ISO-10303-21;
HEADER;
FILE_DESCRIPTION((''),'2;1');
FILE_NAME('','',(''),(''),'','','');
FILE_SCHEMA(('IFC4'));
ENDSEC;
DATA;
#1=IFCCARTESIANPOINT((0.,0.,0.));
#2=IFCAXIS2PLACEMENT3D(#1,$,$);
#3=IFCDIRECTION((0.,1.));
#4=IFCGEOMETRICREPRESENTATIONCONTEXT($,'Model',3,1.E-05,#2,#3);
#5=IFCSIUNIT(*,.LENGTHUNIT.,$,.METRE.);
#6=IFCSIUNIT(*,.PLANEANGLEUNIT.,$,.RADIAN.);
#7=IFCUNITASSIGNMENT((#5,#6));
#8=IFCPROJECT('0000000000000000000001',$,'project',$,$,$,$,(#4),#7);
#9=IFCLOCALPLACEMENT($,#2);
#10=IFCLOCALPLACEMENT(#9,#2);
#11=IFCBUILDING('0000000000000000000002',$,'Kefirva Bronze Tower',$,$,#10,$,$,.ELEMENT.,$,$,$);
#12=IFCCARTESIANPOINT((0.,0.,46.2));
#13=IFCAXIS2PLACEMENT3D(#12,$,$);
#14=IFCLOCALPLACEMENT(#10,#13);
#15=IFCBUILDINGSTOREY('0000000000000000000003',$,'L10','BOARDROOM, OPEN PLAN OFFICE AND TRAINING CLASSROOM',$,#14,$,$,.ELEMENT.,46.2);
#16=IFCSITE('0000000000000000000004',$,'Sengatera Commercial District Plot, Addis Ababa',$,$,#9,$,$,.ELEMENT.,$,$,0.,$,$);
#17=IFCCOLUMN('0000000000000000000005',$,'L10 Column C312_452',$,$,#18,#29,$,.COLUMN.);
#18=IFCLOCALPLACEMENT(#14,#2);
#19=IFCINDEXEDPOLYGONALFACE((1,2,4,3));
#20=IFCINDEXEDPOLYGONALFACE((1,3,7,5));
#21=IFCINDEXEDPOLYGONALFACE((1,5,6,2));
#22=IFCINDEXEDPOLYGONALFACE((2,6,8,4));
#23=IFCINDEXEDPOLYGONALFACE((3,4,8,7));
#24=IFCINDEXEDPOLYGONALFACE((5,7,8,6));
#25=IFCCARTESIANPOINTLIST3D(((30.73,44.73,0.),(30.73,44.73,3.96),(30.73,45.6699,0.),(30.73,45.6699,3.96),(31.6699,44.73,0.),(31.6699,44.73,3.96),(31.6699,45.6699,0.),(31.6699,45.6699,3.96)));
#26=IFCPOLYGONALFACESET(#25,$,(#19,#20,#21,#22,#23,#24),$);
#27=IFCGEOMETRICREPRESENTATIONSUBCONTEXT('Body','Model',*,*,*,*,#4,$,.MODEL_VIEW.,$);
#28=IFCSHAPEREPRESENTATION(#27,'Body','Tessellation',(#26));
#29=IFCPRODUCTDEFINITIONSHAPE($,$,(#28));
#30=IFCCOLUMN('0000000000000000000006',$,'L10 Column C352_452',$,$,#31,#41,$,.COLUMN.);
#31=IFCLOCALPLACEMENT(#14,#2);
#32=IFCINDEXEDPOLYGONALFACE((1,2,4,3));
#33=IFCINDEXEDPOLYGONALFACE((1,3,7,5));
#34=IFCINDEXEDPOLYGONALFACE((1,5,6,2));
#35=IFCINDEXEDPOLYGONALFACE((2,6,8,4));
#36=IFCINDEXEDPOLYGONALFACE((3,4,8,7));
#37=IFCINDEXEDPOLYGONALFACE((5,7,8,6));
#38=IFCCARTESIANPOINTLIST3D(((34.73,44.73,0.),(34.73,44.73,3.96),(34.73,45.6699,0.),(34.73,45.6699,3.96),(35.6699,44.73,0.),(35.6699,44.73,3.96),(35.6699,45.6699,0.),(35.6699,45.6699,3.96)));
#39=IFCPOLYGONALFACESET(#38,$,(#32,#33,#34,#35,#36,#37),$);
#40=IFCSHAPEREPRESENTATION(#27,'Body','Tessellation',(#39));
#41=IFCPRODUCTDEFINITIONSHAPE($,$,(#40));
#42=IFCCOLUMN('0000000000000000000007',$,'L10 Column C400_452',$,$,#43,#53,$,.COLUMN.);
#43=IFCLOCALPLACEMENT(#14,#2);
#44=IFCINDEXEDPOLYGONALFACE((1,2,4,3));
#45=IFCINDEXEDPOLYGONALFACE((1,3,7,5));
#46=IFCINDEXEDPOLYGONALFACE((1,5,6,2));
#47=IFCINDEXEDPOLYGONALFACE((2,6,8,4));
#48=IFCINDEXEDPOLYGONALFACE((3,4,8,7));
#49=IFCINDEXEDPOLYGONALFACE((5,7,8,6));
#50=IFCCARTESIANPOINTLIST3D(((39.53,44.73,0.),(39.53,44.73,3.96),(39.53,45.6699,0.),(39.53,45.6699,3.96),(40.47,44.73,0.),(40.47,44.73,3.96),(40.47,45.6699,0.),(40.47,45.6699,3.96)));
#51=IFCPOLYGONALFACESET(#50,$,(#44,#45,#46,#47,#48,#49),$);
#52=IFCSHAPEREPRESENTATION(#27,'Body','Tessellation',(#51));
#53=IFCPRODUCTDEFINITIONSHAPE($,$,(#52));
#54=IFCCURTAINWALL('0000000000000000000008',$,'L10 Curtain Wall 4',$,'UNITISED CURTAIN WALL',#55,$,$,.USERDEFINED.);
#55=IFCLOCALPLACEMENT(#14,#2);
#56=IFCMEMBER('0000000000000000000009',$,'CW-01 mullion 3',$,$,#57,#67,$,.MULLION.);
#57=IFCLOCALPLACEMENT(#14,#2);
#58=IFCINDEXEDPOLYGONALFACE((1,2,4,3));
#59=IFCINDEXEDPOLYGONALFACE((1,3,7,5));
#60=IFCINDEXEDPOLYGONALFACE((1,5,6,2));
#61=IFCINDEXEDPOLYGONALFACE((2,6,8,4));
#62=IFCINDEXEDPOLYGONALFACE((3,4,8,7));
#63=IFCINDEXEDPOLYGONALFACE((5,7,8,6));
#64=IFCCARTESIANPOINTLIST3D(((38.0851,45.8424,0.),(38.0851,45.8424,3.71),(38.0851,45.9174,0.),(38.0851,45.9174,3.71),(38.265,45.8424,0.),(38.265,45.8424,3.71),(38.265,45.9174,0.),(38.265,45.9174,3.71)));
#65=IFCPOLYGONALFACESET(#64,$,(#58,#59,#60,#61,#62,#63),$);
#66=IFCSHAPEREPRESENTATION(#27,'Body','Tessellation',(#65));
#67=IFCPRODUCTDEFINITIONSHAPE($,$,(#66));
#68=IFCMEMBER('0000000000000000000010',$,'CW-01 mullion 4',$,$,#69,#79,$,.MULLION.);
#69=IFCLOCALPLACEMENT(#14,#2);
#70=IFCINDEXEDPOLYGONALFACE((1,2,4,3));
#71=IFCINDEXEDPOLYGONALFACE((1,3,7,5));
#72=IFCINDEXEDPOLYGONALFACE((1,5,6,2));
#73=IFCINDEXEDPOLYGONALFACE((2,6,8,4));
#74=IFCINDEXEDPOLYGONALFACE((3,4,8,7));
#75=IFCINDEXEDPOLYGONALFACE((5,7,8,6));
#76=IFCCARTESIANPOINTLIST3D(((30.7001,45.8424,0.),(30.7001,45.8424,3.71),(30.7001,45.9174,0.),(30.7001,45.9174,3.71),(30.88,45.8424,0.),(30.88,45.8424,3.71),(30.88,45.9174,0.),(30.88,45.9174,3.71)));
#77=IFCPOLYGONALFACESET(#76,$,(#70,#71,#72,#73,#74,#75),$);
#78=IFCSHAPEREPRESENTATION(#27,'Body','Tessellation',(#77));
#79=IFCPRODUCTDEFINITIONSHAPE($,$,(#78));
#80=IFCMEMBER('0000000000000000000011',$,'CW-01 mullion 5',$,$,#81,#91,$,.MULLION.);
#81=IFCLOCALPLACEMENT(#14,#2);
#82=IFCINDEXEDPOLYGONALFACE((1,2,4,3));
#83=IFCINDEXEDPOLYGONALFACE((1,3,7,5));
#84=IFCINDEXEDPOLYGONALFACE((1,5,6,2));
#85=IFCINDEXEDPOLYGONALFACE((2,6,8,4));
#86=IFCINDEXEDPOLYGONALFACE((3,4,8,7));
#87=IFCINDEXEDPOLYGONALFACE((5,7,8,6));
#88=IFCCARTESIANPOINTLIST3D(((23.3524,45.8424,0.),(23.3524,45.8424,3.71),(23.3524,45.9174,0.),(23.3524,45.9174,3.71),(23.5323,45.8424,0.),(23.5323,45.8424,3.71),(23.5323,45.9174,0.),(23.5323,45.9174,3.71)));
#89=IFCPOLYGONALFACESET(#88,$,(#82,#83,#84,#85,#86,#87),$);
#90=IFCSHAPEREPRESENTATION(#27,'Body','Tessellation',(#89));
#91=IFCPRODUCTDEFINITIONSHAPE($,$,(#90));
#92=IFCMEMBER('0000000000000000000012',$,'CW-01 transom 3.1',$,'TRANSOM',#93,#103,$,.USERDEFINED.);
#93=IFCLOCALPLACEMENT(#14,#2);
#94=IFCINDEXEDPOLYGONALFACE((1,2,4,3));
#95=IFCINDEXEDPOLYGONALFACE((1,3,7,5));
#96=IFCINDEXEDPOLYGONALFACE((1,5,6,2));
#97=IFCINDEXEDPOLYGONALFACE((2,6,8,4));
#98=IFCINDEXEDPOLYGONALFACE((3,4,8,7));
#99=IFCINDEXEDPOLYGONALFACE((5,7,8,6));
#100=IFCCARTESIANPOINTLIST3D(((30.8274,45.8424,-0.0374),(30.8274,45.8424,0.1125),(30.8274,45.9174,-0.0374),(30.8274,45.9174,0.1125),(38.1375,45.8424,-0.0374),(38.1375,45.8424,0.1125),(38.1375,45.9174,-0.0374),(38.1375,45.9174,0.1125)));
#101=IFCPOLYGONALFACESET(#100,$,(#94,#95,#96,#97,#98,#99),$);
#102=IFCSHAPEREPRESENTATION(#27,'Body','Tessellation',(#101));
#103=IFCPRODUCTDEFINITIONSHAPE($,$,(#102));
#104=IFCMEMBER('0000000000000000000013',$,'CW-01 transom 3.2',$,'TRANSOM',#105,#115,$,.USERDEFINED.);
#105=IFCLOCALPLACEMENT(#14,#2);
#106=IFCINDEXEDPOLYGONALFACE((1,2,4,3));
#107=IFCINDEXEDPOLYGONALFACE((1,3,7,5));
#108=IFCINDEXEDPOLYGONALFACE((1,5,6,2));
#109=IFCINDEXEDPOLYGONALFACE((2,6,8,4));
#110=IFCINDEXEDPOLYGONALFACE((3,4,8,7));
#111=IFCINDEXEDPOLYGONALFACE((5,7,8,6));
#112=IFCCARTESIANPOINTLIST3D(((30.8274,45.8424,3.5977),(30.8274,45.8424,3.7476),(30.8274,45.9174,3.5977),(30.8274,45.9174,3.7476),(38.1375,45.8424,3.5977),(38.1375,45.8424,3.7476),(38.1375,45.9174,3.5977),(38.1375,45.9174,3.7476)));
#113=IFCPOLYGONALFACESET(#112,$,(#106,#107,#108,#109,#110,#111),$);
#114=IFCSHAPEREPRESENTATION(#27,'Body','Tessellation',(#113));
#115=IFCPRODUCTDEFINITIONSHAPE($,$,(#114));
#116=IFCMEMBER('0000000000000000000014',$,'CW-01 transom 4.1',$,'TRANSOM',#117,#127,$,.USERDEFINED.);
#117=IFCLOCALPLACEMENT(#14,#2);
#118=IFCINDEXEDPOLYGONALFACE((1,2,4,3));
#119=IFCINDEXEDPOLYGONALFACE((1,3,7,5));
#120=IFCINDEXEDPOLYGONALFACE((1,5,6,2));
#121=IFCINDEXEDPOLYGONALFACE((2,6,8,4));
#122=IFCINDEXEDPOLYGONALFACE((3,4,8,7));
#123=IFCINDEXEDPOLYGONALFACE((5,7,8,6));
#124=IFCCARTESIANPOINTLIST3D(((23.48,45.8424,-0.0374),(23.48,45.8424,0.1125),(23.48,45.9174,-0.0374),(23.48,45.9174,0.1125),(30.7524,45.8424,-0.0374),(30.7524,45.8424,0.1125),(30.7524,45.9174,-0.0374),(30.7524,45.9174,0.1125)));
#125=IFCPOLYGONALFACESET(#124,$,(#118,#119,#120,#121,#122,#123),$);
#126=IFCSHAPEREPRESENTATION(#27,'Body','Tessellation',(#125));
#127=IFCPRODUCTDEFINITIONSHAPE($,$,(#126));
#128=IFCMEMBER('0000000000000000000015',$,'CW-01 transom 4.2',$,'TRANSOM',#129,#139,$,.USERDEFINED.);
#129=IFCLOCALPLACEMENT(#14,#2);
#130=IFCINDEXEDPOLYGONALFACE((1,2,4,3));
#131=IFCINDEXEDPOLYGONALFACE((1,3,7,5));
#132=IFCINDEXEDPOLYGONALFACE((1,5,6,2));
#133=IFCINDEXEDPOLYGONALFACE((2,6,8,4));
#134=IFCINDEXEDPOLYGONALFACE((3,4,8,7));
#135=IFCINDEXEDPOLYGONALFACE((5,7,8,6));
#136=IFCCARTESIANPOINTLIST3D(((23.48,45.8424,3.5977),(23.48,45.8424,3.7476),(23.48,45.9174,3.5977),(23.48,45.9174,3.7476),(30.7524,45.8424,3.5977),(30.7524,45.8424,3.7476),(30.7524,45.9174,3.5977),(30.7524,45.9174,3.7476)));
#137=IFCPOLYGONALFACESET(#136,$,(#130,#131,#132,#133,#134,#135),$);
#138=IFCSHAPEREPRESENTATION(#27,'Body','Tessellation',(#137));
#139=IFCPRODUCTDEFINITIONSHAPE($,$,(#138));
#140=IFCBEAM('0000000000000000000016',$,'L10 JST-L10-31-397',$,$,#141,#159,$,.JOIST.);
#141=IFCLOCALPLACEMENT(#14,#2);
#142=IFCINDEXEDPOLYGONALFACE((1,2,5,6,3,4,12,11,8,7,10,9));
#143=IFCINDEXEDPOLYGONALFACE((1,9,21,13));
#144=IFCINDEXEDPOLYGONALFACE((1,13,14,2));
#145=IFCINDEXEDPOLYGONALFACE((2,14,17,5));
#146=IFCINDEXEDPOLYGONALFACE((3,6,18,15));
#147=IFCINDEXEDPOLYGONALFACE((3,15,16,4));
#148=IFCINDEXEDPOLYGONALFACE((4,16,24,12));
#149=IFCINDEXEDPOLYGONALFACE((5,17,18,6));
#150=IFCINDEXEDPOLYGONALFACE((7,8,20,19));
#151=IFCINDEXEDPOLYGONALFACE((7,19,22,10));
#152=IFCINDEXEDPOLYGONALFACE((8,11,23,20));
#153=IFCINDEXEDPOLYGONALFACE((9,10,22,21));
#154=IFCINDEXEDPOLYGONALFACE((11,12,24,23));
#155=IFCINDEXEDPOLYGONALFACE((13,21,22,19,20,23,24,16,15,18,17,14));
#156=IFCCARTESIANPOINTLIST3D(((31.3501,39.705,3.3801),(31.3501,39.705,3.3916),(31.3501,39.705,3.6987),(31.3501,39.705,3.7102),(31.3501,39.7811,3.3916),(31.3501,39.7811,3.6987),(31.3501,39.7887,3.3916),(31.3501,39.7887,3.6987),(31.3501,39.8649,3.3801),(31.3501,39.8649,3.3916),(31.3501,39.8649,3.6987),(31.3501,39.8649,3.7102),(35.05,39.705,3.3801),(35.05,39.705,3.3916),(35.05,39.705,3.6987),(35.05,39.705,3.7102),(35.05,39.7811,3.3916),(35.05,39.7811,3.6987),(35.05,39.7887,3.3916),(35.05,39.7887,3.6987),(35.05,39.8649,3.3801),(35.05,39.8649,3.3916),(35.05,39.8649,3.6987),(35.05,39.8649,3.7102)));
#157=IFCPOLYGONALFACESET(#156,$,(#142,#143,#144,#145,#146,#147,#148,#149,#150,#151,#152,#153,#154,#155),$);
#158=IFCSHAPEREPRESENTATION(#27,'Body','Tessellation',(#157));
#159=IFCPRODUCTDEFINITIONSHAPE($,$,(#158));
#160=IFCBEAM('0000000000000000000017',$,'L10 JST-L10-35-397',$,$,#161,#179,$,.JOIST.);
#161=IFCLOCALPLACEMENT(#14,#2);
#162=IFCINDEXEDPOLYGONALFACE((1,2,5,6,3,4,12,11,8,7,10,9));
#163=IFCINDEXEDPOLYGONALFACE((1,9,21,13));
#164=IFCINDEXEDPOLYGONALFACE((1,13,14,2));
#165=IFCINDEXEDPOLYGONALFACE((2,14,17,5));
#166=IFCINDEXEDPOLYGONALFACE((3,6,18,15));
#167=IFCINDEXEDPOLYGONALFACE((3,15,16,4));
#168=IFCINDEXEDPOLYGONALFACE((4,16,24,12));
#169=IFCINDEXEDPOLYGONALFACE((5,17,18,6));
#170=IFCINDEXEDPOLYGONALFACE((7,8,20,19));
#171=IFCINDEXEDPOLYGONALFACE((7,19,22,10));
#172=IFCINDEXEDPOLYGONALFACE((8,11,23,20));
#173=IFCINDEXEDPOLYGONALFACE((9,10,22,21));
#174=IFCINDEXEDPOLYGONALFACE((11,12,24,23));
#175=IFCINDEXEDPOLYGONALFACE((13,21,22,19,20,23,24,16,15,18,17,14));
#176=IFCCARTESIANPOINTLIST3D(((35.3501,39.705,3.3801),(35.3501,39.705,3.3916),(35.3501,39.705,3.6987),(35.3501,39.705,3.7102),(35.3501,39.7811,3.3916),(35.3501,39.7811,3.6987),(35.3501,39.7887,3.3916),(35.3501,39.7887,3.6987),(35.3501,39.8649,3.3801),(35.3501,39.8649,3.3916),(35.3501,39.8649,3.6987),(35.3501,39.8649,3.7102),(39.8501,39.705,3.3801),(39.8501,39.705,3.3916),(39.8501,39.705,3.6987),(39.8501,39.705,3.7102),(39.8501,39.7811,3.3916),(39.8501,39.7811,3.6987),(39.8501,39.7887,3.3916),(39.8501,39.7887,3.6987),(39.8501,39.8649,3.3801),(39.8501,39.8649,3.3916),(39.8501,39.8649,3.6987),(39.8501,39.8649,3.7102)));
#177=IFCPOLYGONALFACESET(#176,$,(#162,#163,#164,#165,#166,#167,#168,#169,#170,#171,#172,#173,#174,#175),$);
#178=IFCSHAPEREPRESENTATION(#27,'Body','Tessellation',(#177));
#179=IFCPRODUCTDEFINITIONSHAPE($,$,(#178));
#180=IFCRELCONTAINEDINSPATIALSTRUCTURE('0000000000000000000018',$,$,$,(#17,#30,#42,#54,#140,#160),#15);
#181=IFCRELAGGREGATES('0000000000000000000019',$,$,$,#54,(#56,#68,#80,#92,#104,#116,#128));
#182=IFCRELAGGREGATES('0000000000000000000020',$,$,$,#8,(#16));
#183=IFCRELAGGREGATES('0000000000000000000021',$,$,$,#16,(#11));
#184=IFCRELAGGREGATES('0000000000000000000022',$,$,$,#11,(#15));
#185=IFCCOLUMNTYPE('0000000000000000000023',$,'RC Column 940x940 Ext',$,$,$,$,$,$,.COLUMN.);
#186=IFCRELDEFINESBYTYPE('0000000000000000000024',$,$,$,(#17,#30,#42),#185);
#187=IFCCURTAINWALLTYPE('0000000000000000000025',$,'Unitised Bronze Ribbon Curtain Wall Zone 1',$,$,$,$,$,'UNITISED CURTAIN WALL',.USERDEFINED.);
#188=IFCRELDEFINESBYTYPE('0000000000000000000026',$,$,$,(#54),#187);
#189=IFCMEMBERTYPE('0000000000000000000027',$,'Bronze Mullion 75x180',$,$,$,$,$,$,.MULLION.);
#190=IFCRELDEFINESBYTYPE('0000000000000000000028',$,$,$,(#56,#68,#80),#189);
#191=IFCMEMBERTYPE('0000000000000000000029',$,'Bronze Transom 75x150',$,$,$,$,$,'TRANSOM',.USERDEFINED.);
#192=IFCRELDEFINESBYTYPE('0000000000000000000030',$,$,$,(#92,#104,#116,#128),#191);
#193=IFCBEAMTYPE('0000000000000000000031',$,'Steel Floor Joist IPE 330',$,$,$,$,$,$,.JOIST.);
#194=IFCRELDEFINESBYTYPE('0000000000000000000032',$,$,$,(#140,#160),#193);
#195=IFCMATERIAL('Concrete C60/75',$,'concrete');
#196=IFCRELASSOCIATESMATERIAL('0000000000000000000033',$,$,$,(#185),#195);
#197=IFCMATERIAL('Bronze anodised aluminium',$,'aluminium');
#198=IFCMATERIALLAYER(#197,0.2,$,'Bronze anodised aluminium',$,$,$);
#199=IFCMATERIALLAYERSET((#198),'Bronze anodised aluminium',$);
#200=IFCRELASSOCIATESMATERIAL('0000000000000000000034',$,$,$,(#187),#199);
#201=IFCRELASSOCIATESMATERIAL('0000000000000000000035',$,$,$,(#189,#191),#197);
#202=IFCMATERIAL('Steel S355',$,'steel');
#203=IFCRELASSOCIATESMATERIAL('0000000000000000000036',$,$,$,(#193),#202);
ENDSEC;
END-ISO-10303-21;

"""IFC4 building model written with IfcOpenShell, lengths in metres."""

from ifc_helpers import new_model, si_unit, direction, frame, origin, origin_2d, place, context, subcontext, project, spatial, rectangle, i_section, extrude, material, layer, layer_set, material_profile, profile_set, type_object, element, aggregate, save


model = new_model("IFC4")

# Units and contexts
model_context = context("Model", 3, precision=1e-05, world=origin(), true_north=direction((0.0, 1.0)))
body_context = subcontext(model_context, "Body", "Model", "MODEL_VIEW")
ifc_project = project(units=[si_unit("LENGTHUNIT", "METRE"), si_unit("PLANEANGLEUNIT", "RADIAN")], contexts=[model_context])

# Site, building, storey
site_placement = place(None, origin())
site = spatial("IfcSite", under=ifc_project, at=site_placement, Name="Sengatera Commercial District Plot, Addis Ababa", CompositionType="ELEMENT", RefElevation=0.0)
building_placement = place(site_placement, origin())
building = spatial("IfcBuilding", under=site, at=building_placement, Name="Kefirva Bronze Tower", CompositionType="ELEMENT")
storey_placement = place(building_placement, frame((0.0, 0.0, 46.2)))
storey = spatial("IfcBuildingStorey", under=building, at=storey_placement, Name="L10", Description="BOARDROOM, OPEN PLAN OFFICE AND TRAINING CLASSROOM", CompositionType="ELEMENT", Elevation=46.2)

# Columns
ifc_material_1 = material(Name="Concrete C60/75", Category="concrete")
ifc_material_profile_1 = material_profile(ifc_material_1, rectangle(XDim=0.9399, YDim=0.9399, at=origin_2d()), Name="RC 940x940")
ifc_profile_set_1 = profile_set([ifc_material_profile_1], Name="Concrete C60/75")
column_type = type_object("IfcColumnType", Name="RC Column 940x940 Ext", PredefinedType="COLUMN", material=ifc_profile_set_1)
for number, where, z_axis, x_axis, name in (
    (1, (31.2, 45.2, 0.0), (0.0, 0.0, 1.0), (1.0, 0.0, 0.0), "L10 Column C312_452"),
    (2, (35.2, 45.2, 0.0), (0.0, 0.0, 1.0), (1.0, 0.0, 0.0), "L10 Column C352_452"),
    (3, (40.0, 45.2, 0.0), (0.0, 0.0, 1.0), (1.0, 0.0, 0.0), "L10 Column C400_452"),
):
    element("IfcColumn", number, at=place(storey_placement, frame(where, z_axis=z_axis, x_axis=x_axis)), inside=storey, type_object=column_type, Name=name, PredefinedType="COLUMN", context=body_context, shape_type="SweptSolid", body=[
        extrude(rectangle(XDim=0.9399, YDim=0.9399, at=origin_2d()), origin(), (0.0, 0.0, 1.0), 3.96),
    ])

# Curtain wall, members
ifc_material_2 = material(Name="Bronze anodised aluminium", Category="aluminium")
ifc_layer_1 = layer(ifc_material_2, 0.2, Name="Bronze anodised aluminium")
ifc_layer_set_1 = layer_set([ifc_layer_1], Name="Bronze anodised aluminium")
curtain_wall_type = type_object("IfcCurtainWallType", Name="Unitised Bronze Ribbon Curtain Wall Zone 1", ElementType="UNITISED CURTAIN WALL", PredefinedType="USERDEFINED", material=ifc_layer_set_1)
curtain_wall_placement = place(storey_placement, origin())
curtain_wall = element("IfcCurtainWall", 4, at=curtain_wall_placement, inside=storey, type_object=curtain_wall_type, Name="L10 Curtain Wall 4", ObjectType="UNITISED CURTAIN WALL", PredefinedType="USERDEFINED")
ifc_material_profile_2 = material_profile(ifc_material_2, rectangle(XDim=0.075, YDim=0.1799, at=origin_2d()), Name="ALU 75x180")
ifc_profile_set_2 = profile_set([ifc_material_profile_2], Name="Bronze anodised aluminium")
member_type_1 = type_object("IfcMemberType", Name="Bronze Mullion 75x180", PredefinedType="MULLION", material=ifc_profile_set_2)
member_1_placement = place(storey_placement, frame((38.175, 45.8799, 0.0), z_axis=(0.0, 0.0, 1.0), x_axis=(0.0, -1.0, 0.0)))
member_1 = element("IfcMember", 5, at=member_1_placement, type_object=member_type_1, Name="CW-01 mullion 3", PredefinedType="MULLION", context=body_context, shape_type="SweptSolid", body=[
    extrude(rectangle(XDim=0.075, YDim=0.1799, at=origin_2d()), origin(), (0.0, 0.0, 1.0), 3.71),
])
member_2_placement = place(storey_placement, frame((30.79, 45.8799, 0.0), z_axis=(0.0, 0.0, 1.0), x_axis=(0.0, -1.0, 0.0)))
member_2 = element("IfcMember", 6, at=member_2_placement, type_object=member_type_1, Name="CW-01 mullion 4", PredefinedType="MULLION", context=body_context, shape_type="SweptSolid", body=[
    extrude(rectangle(XDim=0.075, YDim=0.1799, at=origin_2d()), origin(), (0.0, 0.0, 1.0), 3.71),
])
member_3_placement = place(storey_placement, frame((23.4424, 45.8799, 0.0), z_axis=(0.0, 0.0, 1.0), x_axis=(0.0, -1.0, 0.0)))
member_3 = element("IfcMember", 7, at=member_3_placement, type_object=member_type_1, Name="CW-01 mullion 5", PredefinedType="MULLION", context=body_context, shape_type="SweptSolid", body=[
    extrude(rectangle(XDim=0.075, YDim=0.1799, at=origin_2d()), origin(), (0.0, 0.0, 1.0), 3.71),
])
ifc_material_profile_3 = material_profile(ifc_material_2, rectangle(XDim=0.075, YDim=0.1499, at=origin_2d()), Name="ALU 75x150")
ifc_profile_set_3 = profile_set([ifc_material_profile_3], Name="Bronze anodised aluminium")
member_type_2 = type_object("IfcMemberType", Name="Bronze Transom 75x150", ElementType="TRANSOM", PredefinedType="USERDEFINED", material=ifc_profile_set_3)
member_4_placement = place(storey_placement, frame((38.1375, 45.8799, 0.0376), z_axis=(-1.0, 0.0, 0.0), x_axis=(0.0, -1.0, 0.0)))
member_4 = element("IfcMember", 8, at=member_4_placement, type_object=member_type_2, Name="CW-01 transom 3.1", ObjectType="TRANSOM", PredefinedType="USERDEFINED", context=body_context, shape_type="SweptSolid", body=[
    extrude(rectangle(XDim=0.075, YDim=0.1499, at=origin_2d()), origin(), (0.0, 0.0, 1.0), 7.3101),
])
member_5_placement = place(storey_placement, frame((38.1375, 45.8799, 3.6726), z_axis=(-1.0, 0.0, 0.0), x_axis=(0.0, -1.0, 0.0)))
member_5 = element("IfcMember", 9, at=member_5_placement, type_object=member_type_2, Name="CW-01 transom 3.2", ObjectType="TRANSOM", PredefinedType="USERDEFINED", context=body_context, shape_type="SweptSolid", body=[
    extrude(rectangle(XDim=0.075, YDim=0.1499, at=origin_2d()), origin(), (0.0, 0.0, 1.0), 7.3101),
])
member_6_placement = place(storey_placement, frame((30.7524, 45.8799, 0.0376), z_axis=(-1.0, 0.0, 0.0), x_axis=(0.0, -1.0, 0.0)))
member_6 = element("IfcMember", 10, at=member_6_placement, type_object=member_type_2, Name="CW-01 transom 4.1", ObjectType="TRANSOM", PredefinedType="USERDEFINED", context=body_context, shape_type="SweptSolid", body=[
    extrude(rectangle(XDim=0.075, YDim=0.1499, at=origin_2d()), origin(), (0.0, 0.0, 1.0), 7.2725),
])
member_7_placement = place(storey_placement, frame((30.7524, 45.8799, 3.6726), z_axis=(-1.0, 0.0, 0.0), x_axis=(0.0, -1.0, 0.0)))
member_7 = element("IfcMember", 11, at=member_7_placement, type_object=member_type_2, Name="CW-01 transom 4.2", ObjectType="TRANSOM", PredefinedType="USERDEFINED", context=body_context, shape_type="SweptSolid", body=[
    extrude(rectangle(XDim=0.075, YDim=0.1499, at=origin_2d()), origin(), (0.0, 0.0, 1.0), 7.2725),
])

# Beams
ifc_material_3 = material(Name="Steel S355", Category="steel")
ifc_material_profile_4 = material_profile(ifc_material_3, i_section(OverallWidth=0.1599, OverallDepth=0.3301, WebThickness=0.0076, FlangeThickness=0.0115, at=origin_2d()), Name="IPE 330")
ifc_profile_set_4 = profile_set([ifc_material_profile_4], Name="Steel S355")
beam_type_1 = type_object("IfcBeamType", Name="Steel Floor Joist IPE 330", PredefinedType="JOIST", material=ifc_profile_set_4)
beam_1_placement = place(storey_placement, frame((31.3501, 39.7849, 3.5452), z_axis=(1.0, 0.0, 0.0), x_axis=(0.0, 1.0, 0.0)))
element("IfcBeam", 12, at=beam_1_placement, inside=storey, type_object=beam_type_1, Name="L10 JST-L10-31-397", PredefinedType="JOIST", context=body_context, shape_type="SweptSolid", body=[
    extrude(i_section(OverallWidth=0.1599, OverallDepth=0.3301, WebThickness=0.0076, FlangeThickness=0.0115, at=origin_2d()), origin(), (0.0, 0.0, 1.0), 3.7),
])
beam_2_placement = place(storey_placement, frame((35.3501, 39.7849, 3.5452), z_axis=(1.0, 0.0, 0.0), x_axis=(0.0, 1.0, 0.0)))
element("IfcBeam", 13, at=beam_2_placement, inside=storey, type_object=beam_type_1, Name="L10 JST-L10-35-397", PredefinedType="JOIST", context=body_context, shape_type="SweptSolid", body=[
    extrude(i_section(OverallWidth=0.1599, OverallDepth=0.3301, WebThickness=0.0076, FlangeThickness=0.0115, at=origin_2d()), origin(), (0.0, 0.0, 1.0), 4.5),
])

aggregate(curtain_wall, [member_1, member_2, member_3, member_4, member_5, member_6, member_7])

save(model, "model.ifc")
